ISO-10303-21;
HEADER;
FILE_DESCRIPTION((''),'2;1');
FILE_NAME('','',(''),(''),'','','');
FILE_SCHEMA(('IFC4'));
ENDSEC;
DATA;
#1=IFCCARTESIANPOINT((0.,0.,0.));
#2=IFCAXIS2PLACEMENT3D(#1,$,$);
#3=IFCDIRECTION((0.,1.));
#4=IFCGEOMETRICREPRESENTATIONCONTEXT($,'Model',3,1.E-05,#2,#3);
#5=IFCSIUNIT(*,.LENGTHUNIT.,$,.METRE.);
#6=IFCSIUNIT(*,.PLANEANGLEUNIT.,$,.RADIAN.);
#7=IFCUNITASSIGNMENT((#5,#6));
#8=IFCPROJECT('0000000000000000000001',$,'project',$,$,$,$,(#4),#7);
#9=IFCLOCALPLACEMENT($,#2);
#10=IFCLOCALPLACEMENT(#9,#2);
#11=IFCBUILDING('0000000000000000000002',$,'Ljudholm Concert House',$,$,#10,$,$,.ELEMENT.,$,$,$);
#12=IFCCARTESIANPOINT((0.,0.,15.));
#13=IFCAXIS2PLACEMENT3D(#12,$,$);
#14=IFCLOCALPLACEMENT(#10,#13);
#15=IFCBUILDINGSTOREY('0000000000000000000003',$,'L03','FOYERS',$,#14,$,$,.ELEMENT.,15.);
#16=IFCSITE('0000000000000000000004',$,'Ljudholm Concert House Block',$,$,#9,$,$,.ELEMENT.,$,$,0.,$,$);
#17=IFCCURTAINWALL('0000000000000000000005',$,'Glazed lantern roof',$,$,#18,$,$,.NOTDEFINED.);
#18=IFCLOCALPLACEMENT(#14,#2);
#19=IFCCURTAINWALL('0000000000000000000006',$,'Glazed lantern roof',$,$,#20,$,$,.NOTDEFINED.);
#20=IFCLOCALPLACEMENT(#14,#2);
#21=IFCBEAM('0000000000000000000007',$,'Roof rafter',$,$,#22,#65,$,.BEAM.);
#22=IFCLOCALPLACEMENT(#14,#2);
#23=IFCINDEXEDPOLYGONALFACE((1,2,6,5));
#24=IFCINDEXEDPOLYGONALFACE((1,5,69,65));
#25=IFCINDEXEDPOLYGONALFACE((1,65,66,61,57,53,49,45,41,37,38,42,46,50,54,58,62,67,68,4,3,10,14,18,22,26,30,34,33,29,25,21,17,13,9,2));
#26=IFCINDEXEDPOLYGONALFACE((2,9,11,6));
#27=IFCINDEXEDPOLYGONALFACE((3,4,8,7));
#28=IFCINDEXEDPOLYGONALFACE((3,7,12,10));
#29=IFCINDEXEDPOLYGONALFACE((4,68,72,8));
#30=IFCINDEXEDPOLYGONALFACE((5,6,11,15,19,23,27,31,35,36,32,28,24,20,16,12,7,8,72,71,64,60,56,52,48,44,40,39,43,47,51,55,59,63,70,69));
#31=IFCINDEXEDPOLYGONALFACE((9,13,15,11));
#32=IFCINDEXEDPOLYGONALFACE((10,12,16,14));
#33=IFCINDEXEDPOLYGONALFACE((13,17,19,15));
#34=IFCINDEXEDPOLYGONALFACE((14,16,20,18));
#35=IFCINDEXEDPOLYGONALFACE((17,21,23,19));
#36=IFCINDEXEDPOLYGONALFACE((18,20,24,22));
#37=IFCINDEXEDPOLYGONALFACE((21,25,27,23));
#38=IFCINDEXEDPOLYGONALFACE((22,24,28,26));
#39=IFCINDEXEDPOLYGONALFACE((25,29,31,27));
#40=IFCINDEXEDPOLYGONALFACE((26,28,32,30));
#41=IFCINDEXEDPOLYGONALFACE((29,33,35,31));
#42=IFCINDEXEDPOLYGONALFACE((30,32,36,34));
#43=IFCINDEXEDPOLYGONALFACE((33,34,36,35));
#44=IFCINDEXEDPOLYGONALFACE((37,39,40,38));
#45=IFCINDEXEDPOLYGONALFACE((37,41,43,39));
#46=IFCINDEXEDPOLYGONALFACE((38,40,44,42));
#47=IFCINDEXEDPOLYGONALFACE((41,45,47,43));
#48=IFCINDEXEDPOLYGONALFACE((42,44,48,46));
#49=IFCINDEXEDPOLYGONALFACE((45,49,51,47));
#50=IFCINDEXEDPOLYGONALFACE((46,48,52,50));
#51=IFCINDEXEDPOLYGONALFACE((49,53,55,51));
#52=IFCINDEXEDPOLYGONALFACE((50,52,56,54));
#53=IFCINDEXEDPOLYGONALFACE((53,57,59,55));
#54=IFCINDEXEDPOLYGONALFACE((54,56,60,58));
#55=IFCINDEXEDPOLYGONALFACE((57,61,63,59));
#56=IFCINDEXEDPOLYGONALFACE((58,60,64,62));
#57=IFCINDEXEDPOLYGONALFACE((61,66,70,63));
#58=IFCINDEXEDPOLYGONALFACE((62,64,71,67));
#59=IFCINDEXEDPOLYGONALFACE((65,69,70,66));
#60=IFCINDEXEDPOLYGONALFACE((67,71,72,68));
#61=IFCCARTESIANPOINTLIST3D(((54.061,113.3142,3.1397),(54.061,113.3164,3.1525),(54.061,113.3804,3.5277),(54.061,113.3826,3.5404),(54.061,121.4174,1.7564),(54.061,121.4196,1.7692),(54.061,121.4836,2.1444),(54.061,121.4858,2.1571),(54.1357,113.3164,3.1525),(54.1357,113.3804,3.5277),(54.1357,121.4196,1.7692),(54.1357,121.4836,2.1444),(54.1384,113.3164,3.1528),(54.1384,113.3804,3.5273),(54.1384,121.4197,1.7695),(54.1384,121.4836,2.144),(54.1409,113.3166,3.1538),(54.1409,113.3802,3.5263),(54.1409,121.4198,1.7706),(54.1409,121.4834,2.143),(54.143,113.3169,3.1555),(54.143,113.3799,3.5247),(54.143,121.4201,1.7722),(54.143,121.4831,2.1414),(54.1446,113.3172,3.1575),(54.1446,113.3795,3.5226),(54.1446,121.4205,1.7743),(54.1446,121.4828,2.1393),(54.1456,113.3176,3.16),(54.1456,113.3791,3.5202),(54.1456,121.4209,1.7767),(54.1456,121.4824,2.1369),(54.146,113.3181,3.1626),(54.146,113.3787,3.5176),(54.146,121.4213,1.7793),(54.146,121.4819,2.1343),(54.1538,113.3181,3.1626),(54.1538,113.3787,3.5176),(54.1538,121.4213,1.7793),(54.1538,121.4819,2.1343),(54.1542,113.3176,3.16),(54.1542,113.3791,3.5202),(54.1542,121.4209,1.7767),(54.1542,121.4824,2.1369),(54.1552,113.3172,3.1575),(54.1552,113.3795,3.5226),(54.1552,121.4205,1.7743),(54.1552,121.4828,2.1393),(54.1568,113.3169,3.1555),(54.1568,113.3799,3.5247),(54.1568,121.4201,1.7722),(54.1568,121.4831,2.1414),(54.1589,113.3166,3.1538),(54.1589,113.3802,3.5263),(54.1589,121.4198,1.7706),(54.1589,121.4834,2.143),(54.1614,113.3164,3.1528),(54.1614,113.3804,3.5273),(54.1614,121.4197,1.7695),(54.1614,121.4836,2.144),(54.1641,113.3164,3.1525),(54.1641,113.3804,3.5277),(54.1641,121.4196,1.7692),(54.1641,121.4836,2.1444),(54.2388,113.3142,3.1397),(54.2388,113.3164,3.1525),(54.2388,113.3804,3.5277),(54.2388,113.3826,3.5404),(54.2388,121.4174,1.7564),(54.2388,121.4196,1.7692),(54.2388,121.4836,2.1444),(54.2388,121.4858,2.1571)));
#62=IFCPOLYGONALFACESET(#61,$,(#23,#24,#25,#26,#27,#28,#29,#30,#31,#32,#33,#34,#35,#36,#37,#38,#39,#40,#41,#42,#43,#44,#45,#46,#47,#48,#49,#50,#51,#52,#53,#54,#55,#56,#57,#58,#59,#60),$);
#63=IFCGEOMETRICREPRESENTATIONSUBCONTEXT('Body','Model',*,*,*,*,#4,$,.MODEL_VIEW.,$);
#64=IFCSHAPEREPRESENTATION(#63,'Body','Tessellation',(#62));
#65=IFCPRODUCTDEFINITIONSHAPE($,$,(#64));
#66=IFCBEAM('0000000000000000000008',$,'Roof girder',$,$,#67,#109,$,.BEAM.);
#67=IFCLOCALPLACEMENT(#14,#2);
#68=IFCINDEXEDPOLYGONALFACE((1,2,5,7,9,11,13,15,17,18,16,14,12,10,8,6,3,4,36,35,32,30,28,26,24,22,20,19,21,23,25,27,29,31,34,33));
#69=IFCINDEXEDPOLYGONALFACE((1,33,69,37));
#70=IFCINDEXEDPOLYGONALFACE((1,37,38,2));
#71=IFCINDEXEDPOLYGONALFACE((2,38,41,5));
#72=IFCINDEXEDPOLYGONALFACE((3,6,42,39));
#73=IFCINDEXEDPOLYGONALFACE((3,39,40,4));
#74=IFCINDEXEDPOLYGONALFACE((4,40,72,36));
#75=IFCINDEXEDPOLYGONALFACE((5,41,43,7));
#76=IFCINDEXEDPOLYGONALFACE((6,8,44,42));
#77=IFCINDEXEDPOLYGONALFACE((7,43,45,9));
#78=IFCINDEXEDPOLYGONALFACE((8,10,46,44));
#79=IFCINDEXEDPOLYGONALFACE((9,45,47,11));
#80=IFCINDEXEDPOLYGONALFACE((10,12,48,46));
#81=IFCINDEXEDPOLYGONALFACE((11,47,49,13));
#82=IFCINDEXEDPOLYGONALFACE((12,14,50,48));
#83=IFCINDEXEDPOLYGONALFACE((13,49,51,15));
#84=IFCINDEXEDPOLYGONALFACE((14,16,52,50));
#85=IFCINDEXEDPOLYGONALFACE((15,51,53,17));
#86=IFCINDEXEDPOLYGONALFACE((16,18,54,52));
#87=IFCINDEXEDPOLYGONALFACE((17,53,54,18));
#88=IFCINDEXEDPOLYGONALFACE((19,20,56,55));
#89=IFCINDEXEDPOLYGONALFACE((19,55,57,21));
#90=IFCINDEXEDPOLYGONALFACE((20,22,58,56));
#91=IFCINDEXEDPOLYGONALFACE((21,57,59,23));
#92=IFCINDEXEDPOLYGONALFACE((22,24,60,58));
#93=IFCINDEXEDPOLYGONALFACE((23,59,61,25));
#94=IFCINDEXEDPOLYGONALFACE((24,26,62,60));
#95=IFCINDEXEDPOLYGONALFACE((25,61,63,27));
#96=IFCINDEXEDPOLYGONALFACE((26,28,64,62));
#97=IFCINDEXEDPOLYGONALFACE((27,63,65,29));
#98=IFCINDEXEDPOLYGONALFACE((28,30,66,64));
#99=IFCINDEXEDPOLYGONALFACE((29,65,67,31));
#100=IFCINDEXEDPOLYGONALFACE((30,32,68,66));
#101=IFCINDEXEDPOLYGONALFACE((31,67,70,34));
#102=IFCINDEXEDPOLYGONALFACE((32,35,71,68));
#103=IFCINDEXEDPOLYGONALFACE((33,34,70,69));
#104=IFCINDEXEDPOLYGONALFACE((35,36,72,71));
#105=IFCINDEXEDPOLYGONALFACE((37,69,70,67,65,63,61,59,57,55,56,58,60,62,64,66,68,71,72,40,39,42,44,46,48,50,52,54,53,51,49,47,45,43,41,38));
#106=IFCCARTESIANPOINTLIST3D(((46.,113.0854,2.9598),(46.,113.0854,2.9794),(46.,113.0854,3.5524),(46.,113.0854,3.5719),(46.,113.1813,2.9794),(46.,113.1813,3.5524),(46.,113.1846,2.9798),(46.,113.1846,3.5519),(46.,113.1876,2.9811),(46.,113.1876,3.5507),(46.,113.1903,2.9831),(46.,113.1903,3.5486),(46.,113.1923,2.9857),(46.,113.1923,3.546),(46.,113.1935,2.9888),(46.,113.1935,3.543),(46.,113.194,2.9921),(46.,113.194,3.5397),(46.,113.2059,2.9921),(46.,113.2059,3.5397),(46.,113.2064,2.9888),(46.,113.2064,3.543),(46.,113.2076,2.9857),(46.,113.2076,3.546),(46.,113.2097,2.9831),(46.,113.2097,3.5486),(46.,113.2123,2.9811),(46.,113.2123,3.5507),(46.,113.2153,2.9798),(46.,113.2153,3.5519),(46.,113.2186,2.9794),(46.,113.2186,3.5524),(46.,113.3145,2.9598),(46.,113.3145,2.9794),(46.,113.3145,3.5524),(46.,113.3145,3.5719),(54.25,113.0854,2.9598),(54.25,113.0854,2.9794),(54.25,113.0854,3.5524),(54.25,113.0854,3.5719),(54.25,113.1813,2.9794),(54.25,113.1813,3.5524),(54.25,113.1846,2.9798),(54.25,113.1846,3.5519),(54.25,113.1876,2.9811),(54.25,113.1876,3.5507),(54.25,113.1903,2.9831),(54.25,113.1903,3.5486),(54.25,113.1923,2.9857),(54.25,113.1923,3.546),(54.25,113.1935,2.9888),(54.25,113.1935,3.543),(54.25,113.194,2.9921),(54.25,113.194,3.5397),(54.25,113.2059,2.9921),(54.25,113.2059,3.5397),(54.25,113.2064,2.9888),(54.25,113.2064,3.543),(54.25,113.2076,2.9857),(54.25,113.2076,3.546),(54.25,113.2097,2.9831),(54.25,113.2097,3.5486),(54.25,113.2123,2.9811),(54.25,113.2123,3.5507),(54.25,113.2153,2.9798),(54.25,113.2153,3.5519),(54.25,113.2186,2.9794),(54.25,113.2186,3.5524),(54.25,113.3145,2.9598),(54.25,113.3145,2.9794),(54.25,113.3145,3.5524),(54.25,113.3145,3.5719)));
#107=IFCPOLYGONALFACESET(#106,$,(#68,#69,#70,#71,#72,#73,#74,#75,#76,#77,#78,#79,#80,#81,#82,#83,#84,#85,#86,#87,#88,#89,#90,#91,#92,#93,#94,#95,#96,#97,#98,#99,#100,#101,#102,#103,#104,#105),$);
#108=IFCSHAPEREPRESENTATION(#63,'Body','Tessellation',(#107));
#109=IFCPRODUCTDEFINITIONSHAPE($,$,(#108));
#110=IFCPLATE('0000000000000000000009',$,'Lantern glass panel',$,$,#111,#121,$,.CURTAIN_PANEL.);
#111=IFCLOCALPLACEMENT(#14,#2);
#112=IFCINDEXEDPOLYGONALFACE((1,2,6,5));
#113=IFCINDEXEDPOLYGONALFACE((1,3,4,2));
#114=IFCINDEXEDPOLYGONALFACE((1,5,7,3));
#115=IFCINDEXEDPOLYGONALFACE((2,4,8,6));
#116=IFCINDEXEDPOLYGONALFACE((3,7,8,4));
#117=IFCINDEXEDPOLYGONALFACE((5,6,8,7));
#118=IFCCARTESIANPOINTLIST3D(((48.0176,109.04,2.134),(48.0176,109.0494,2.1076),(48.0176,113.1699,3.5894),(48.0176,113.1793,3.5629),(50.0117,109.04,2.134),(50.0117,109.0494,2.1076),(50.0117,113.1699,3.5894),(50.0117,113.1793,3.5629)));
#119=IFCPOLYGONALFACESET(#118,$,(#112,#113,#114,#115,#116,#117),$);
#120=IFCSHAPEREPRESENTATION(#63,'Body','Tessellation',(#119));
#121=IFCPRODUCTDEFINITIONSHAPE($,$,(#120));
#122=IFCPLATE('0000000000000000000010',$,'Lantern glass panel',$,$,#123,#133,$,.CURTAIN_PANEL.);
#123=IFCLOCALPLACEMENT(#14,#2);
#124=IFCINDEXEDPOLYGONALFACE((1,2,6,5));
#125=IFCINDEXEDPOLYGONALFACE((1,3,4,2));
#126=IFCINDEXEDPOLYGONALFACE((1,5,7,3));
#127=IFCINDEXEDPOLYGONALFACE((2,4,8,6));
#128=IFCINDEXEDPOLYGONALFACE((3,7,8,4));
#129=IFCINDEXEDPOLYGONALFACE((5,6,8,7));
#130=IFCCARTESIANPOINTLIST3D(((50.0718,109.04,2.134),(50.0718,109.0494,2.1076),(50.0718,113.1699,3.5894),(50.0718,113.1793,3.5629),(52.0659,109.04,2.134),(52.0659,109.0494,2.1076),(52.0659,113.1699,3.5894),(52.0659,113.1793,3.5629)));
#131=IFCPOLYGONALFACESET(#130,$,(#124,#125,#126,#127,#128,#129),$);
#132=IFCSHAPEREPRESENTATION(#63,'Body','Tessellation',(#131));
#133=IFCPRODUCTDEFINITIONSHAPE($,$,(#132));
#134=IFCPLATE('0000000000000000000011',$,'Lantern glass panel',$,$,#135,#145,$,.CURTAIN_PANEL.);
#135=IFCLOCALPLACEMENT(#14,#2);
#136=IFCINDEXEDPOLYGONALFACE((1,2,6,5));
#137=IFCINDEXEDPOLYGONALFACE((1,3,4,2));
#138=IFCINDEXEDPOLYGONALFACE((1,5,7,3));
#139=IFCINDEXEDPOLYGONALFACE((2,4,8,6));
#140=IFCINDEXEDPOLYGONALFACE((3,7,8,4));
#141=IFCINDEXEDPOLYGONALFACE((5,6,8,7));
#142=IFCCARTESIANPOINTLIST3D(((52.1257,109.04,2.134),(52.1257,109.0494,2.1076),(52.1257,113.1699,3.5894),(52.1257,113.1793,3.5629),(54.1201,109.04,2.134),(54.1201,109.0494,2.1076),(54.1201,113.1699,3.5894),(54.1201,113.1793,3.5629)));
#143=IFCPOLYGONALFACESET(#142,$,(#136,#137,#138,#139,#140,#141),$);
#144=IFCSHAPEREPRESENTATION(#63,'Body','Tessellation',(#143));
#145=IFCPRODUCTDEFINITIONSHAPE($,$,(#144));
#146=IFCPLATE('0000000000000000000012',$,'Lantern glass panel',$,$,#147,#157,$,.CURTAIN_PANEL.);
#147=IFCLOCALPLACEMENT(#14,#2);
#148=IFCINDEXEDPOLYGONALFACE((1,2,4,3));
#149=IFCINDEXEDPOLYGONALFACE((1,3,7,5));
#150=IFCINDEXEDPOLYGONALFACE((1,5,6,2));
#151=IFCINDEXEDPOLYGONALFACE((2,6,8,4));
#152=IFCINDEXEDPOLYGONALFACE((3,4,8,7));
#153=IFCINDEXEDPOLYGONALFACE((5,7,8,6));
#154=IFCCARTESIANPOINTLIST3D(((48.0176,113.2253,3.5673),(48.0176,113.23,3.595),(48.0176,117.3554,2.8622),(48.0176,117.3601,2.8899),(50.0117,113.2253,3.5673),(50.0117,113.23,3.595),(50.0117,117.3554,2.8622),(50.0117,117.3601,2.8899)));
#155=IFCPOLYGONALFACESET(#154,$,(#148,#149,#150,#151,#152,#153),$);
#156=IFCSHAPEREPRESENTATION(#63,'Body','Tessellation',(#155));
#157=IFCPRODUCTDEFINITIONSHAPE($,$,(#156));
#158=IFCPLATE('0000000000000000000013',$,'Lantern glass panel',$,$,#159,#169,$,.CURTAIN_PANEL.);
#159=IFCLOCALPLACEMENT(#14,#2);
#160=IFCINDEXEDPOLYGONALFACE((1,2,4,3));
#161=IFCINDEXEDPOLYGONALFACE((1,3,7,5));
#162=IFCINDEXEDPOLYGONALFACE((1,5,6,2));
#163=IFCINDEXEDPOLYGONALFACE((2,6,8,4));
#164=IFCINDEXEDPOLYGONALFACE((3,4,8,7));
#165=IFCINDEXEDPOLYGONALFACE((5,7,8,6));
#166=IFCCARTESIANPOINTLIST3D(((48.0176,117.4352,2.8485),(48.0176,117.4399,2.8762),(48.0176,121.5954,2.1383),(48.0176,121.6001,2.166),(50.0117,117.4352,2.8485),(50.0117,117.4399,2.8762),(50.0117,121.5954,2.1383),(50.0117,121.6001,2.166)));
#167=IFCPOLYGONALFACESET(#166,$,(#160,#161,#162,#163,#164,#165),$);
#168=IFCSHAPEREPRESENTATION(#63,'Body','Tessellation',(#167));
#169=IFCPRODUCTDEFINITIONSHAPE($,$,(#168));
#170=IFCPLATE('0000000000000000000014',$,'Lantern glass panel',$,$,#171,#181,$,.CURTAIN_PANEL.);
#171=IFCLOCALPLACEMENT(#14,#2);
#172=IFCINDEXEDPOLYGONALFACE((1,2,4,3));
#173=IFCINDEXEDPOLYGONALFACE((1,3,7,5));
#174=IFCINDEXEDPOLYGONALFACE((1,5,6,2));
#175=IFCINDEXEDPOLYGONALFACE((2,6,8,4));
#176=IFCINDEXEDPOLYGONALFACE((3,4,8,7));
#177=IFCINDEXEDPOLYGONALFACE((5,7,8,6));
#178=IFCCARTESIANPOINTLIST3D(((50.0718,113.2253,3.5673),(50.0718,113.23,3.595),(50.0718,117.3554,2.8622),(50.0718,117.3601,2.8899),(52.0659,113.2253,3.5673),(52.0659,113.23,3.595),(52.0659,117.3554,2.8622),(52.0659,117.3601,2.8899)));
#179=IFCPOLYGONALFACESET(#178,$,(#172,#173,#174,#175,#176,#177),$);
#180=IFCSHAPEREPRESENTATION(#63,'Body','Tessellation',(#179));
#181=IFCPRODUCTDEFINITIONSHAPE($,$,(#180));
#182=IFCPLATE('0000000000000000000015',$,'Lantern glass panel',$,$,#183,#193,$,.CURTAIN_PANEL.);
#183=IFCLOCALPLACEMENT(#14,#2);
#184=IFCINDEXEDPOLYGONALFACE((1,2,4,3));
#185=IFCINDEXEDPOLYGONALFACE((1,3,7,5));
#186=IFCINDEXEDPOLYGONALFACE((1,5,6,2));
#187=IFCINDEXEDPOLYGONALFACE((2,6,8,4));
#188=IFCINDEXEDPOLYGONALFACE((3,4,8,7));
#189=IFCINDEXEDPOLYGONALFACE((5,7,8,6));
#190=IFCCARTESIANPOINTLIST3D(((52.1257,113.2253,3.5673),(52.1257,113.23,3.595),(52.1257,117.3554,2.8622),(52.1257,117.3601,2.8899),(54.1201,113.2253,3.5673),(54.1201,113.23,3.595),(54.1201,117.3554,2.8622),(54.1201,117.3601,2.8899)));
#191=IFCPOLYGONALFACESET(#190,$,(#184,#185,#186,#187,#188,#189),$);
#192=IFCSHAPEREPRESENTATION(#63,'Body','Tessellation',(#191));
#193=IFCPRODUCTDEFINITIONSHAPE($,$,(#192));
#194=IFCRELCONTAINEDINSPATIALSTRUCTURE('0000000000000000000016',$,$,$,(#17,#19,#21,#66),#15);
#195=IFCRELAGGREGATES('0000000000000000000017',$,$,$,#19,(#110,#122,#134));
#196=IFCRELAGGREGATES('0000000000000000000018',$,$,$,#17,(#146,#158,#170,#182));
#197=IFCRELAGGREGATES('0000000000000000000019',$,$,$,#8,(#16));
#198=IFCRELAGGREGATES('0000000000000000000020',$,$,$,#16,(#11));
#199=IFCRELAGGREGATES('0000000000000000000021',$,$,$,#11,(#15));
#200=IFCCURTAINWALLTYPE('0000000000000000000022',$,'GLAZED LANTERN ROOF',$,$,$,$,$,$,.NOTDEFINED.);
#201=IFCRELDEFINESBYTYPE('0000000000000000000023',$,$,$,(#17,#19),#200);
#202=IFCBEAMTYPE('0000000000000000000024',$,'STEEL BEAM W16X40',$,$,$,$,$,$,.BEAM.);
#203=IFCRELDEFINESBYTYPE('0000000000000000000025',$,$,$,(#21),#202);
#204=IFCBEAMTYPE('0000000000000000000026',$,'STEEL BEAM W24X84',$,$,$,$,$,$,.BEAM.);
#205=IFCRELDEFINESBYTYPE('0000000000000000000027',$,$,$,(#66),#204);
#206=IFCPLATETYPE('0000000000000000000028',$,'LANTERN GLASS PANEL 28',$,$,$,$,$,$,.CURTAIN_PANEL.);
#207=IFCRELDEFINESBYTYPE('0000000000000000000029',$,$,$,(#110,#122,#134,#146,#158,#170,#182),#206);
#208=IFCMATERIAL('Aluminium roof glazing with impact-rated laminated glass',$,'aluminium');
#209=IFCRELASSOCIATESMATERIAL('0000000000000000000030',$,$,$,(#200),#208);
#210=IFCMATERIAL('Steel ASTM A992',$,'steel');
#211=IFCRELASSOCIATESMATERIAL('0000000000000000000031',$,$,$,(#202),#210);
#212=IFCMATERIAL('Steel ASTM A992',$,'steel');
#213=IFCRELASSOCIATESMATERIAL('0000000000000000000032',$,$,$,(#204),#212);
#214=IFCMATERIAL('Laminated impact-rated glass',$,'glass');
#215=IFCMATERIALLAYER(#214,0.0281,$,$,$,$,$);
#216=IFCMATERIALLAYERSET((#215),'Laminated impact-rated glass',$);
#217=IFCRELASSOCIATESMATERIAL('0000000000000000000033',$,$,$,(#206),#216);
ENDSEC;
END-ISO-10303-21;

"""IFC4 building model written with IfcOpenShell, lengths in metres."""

from ifc_helpers import new_model, si_unit, direction, frame, origin, origin_2d, place, context, subcontext, project, spatial, polyline, i_section, outline, extrude, material, layer, layer_set, material_profile, profile_set, type_object, element, aggregate, save


model = new_model("IFC4")

# Units and contexts
model_context = context("Model", 3, precision=1e-05, world=origin(), true_north=direction((0.0, 1.0)))
body_context = subcontext(model_context, "Body", "Model", "MODEL_VIEW")
ifc_project = project(units=[si_unit("LENGTHUNIT", "METRE"), si_unit("PLANEANGLEUNIT", "RADIAN")], contexts=[model_context])

# Site, building, storey
site_placement = place(None, origin())
site = spatial("IfcSite", under=ifc_project, at=site_placement, Name="Ljudholm Concert House Block", CompositionType="ELEMENT", RefElevation=0.0)
building_placement = place(site_placement, origin())
building = spatial("IfcBuilding", under=site, at=building_placement, Name="Ljudholm Concert House", CompositionType="ELEMENT")
storey_placement = place(building_placement, frame((0.0, 0.0, 15.0)))
storey = spatial("IfcBuildingStorey", under=building, at=storey_placement, Name="L03", Description="FOYERS", CompositionType="ELEMENT", Elevation=15.0)

# Curtain walls
ifc_material_1 = material(Name="Aluminium roof glazing with impact-rated laminated glass", Category="aluminium")
curtain_wall_type = type_object("IfcCurtainWallType", Name="GLAZED LANTERN ROOF", PredefinedType="NOTDEFINED", material=ifc_material_1)
curtain_wall_1_placement = place(storey_placement, origin())
curtain_wall_1 = element("IfcCurtainWall", 1, at=curtain_wall_1_placement, inside=storey, type_object=curtain_wall_type, Name="Glazed lantern roof", PredefinedType="NOTDEFINED")
curtain_wall_2_placement = place(storey_placement, origin())
curtain_wall_2 = element("IfcCurtainWall", 2, at=curtain_wall_2_placement, inside=storey, type_object=curtain_wall_type, Name="Glazed lantern roof", PredefinedType="NOTDEFINED")

# Beams
ifc_material_2 = material(Name="Steel ASTM A992", Category="steel")
ifc_material_profile_1 = material_profile(ifc_material_2, i_section(OverallWidth=0.1777, OverallDepth=0.4065, WebThickness=0.0078, FlangeThickness=0.0129, FilletRadius=0.0103, at=origin_2d()), Name="W16X40")
ifc_profile_set_1 = profile_set([ifc_material_profile_1], Name="Steel ASTM A992")
beam_type_1 = type_object("IfcBeamType", Name="STEEL BEAM W16X40", PredefinedType="BEAM", material=ifc_profile_set_1)
for number, where, z_axis, x_axis, name in (
    (3, (54.1499, 113.3484, 3.3401), (0.0, 0.98574, -0.168275), (-1.0, 0.0, 0.0), "Roof rafter"),
):
    element("IfcBeam", number, at=place(storey_placement, frame(where, z_axis=z_axis, x_axis=x_axis)), inside=storey, type_object=beam_type_1, Name=name, PredefinedType="BEAM", context=body_context, shape_type="SweptSolid", body=[
        extrude(i_section(OverallWidth=0.1777, OverallDepth=0.4065, WebThickness=0.0078, FlangeThickness=0.0129, FilletRadius=0.0103, at=origin_2d()), origin(), (0.0, 0.0, 1.0), 8.2205),
    ])
ifc_material_3 = material(Name="Steel ASTM A992", Category="steel")
ifc_material_profile_2 = material_profile(ifc_material_3, i_section(OverallWidth=0.229, OverallDepth=0.6121, WebThickness=0.012, FlangeThickness=0.0195, FilletRadius=0.0127, at=origin_2d()), Name="W24X84")
ifc_profile_set_2 = profile_set([ifc_material_profile_2], Name="Steel ASTM A992")
beam_type_2 = type_object("IfcBeamType", Name="STEEL BEAM W24X84", PredefinedType="BEAM", material=ifc_profile_set_2)
beam_placement = place(storey_placement, frame((46.0, 113.2, 3.2659), z_axis=(1.0, 0.0, 0.0), x_axis=(0.0, 1.0, 0.0)))
element("IfcBeam", 4, at=beam_placement, inside=storey, type_object=beam_type_2, Name="Roof girder", PredefinedType="BEAM", context=body_context, shape_type="SweptSolid", body=[
    extrude(i_section(OverallWidth=0.229, OverallDepth=0.6121, WebThickness=0.012, FlangeThickness=0.0195, FilletRadius=0.0127, at=origin_2d()), origin(), (0.0, 0.0, 1.0), 8.25),
])

# Plates
ifc_material_4 = material(Name="Laminated impact-rated glass", Category="glass")
ifc_layer = layer(ifc_material_4, 0.0281)
ifc_layer_set = layer_set([ifc_layer], Name="Laminated impact-rated glass")
plate_type = type_object("IfcPlateType", Name="LANTERN GLASS PANEL 28", PredefinedType="CURTAIN_PANEL", material=ifc_layer_set)
plate_1_placement = place(storey_placement, frame((48.0176, 109.04, 2.134), z_axis=(0.0, -0.332356, 0.943154), x_axis=(1.0, 0.0, 0.0)))
plate_1 = element("IfcPlate", 5, at=plate_1_placement, type_object=plate_type, Name="Lantern glass panel", PredefinedType="CURTAIN_PANEL", context=body_context, shape_type="SweptSolid", body=[
    extrude(outline(polyline([(0.0, 0.0), (1.9941, 0.0), (1.9941, 4.3788), (0.0, 4.3788), (0.0, 0.0)])), origin(), (0.0, 0.0, -1.0), 0.0281),
])
plate_2_placement = place(storey_placement, frame((50.0718, 109.04, 2.134), z_axis=(0.0, -0.332356, 0.943154), x_axis=(1.0, 0.0, 0.0)))
plate_2 = element("IfcPlate", 6, at=plate_2_placement, type_object=plate_type, Name="Lantern glass panel", PredefinedType="CURTAIN_PANEL", context=body_context, shape_type="SweptSolid", body=[
    extrude(outline(polyline([(0.0, 0.0), (1.9941, 0.0), (1.9941, 4.3788), (0.0, 4.3788), (0.0, 0.0)])), origin(), (0.0, 0.0, -1.0), 0.0281),
])
plate_3_placement = place(storey_placement, frame((52.1257, 109.04, 2.134), z_axis=(0.0, -0.332356, 0.943154), x_axis=(1.0, 0.0, 0.0)))
plate_3 = element("IfcPlate", 7, at=plate_3_placement, type_object=plate_type, Name="Lantern glass panel", PredefinedType="CURTAIN_PANEL", context=body_context, shape_type="SweptSolid", body=[
    extrude(outline(polyline([(0.0, 0.0), (1.9944, 0.0), (1.9944, 4.3788), (0.0, 4.3788), (0.0, 0.0)])), origin(), (0.0, 0.0, -1.0), 0.0281),
])
aggregate(curtain_wall_2, [plate_1, plate_2, plate_3])
plate_4_placement = place(storey_placement, frame((48.0176, 113.23, 3.595), z_axis=(0.0, 0.168281, 0.985739), x_axis=(1.0, 0.0, 0.0)))
plate_4 = element("IfcPlate", 8, at=plate_4_placement, type_object=plate_type, Name="Lantern glass panel", PredefinedType="CURTAIN_PANEL", context=body_context, shape_type="SweptSolid", body=[
    extrude(outline(polyline([(0.0, 0.0), (1.9941, 0.0), (1.9941, 4.1899), (0.0, 4.1899), (0.0, 0.0)])), origin(), (0.0, 0.0, -1.0), 0.0281),
])
plate_5_placement = place(storey_placement, frame((48.0176, 117.4399, 2.8762), z_axis=(0.0, 0.168281, 0.985739), x_axis=(1.0, 0.0, 0.0)))
plate_5 = element("IfcPlate", 9, at=plate_5_placement, type_object=plate_type, Name="Lantern glass panel", PredefinedType="CURTAIN_PANEL", context=body_context, shape_type="SweptSolid", body=[
    extrude(outline(polyline([(0.0, 0.0), (1.9941, 0.0), (1.9941, 4.2203), (0.0, 4.2203), (0.0, 0.0)])), origin(), (0.0, 0.0, -1.0), 0.0281),
])
plate_6_placement = place(storey_placement, frame((50.0718, 113.23, 3.595), z_axis=(0.0, 0.168281, 0.985739), x_axis=(1.0, 0.0, 0.0)))
plate_6 = element("IfcPlate", 10, at=plate_6_placement, type_object=plate_type, Name="Lantern glass panel", PredefinedType="CURTAIN_PANEL", context=body_context, shape_type="SweptSolid", body=[
    extrude(outline(polyline([(0.0, 0.0), (1.9941, 0.0), (1.9941, 4.1899), (0.0, 4.1899), (0.0, 0.0)])), origin(), (0.0, 0.0, -1.0), 0.0281),
])
plate_7_placement = place(storey_placement, frame((52.1257, 113.23, 3.595), z_axis=(0.0, 0.168281, 0.985739), x_axis=(1.0, 0.0, 0.0)))
plate_7 = element("IfcPlate", 11, at=plate_7_placement, type_object=plate_type, Name="Lantern glass panel", PredefinedType="CURTAIN_PANEL", context=body_context, shape_type="SweptSolid", body=[
    extrude(outline(polyline([(0.0, 0.0), (1.9944, 0.0), (1.9944, 4.1899), (0.0, 4.1899), (0.0, 0.0)])), origin(), (0.0, 0.0, -1.0), 0.0281),
])
aggregate(curtain_wall_1, [plate_4, plate_5, plate_6, plate_7])

save(model, "model.ifc")
